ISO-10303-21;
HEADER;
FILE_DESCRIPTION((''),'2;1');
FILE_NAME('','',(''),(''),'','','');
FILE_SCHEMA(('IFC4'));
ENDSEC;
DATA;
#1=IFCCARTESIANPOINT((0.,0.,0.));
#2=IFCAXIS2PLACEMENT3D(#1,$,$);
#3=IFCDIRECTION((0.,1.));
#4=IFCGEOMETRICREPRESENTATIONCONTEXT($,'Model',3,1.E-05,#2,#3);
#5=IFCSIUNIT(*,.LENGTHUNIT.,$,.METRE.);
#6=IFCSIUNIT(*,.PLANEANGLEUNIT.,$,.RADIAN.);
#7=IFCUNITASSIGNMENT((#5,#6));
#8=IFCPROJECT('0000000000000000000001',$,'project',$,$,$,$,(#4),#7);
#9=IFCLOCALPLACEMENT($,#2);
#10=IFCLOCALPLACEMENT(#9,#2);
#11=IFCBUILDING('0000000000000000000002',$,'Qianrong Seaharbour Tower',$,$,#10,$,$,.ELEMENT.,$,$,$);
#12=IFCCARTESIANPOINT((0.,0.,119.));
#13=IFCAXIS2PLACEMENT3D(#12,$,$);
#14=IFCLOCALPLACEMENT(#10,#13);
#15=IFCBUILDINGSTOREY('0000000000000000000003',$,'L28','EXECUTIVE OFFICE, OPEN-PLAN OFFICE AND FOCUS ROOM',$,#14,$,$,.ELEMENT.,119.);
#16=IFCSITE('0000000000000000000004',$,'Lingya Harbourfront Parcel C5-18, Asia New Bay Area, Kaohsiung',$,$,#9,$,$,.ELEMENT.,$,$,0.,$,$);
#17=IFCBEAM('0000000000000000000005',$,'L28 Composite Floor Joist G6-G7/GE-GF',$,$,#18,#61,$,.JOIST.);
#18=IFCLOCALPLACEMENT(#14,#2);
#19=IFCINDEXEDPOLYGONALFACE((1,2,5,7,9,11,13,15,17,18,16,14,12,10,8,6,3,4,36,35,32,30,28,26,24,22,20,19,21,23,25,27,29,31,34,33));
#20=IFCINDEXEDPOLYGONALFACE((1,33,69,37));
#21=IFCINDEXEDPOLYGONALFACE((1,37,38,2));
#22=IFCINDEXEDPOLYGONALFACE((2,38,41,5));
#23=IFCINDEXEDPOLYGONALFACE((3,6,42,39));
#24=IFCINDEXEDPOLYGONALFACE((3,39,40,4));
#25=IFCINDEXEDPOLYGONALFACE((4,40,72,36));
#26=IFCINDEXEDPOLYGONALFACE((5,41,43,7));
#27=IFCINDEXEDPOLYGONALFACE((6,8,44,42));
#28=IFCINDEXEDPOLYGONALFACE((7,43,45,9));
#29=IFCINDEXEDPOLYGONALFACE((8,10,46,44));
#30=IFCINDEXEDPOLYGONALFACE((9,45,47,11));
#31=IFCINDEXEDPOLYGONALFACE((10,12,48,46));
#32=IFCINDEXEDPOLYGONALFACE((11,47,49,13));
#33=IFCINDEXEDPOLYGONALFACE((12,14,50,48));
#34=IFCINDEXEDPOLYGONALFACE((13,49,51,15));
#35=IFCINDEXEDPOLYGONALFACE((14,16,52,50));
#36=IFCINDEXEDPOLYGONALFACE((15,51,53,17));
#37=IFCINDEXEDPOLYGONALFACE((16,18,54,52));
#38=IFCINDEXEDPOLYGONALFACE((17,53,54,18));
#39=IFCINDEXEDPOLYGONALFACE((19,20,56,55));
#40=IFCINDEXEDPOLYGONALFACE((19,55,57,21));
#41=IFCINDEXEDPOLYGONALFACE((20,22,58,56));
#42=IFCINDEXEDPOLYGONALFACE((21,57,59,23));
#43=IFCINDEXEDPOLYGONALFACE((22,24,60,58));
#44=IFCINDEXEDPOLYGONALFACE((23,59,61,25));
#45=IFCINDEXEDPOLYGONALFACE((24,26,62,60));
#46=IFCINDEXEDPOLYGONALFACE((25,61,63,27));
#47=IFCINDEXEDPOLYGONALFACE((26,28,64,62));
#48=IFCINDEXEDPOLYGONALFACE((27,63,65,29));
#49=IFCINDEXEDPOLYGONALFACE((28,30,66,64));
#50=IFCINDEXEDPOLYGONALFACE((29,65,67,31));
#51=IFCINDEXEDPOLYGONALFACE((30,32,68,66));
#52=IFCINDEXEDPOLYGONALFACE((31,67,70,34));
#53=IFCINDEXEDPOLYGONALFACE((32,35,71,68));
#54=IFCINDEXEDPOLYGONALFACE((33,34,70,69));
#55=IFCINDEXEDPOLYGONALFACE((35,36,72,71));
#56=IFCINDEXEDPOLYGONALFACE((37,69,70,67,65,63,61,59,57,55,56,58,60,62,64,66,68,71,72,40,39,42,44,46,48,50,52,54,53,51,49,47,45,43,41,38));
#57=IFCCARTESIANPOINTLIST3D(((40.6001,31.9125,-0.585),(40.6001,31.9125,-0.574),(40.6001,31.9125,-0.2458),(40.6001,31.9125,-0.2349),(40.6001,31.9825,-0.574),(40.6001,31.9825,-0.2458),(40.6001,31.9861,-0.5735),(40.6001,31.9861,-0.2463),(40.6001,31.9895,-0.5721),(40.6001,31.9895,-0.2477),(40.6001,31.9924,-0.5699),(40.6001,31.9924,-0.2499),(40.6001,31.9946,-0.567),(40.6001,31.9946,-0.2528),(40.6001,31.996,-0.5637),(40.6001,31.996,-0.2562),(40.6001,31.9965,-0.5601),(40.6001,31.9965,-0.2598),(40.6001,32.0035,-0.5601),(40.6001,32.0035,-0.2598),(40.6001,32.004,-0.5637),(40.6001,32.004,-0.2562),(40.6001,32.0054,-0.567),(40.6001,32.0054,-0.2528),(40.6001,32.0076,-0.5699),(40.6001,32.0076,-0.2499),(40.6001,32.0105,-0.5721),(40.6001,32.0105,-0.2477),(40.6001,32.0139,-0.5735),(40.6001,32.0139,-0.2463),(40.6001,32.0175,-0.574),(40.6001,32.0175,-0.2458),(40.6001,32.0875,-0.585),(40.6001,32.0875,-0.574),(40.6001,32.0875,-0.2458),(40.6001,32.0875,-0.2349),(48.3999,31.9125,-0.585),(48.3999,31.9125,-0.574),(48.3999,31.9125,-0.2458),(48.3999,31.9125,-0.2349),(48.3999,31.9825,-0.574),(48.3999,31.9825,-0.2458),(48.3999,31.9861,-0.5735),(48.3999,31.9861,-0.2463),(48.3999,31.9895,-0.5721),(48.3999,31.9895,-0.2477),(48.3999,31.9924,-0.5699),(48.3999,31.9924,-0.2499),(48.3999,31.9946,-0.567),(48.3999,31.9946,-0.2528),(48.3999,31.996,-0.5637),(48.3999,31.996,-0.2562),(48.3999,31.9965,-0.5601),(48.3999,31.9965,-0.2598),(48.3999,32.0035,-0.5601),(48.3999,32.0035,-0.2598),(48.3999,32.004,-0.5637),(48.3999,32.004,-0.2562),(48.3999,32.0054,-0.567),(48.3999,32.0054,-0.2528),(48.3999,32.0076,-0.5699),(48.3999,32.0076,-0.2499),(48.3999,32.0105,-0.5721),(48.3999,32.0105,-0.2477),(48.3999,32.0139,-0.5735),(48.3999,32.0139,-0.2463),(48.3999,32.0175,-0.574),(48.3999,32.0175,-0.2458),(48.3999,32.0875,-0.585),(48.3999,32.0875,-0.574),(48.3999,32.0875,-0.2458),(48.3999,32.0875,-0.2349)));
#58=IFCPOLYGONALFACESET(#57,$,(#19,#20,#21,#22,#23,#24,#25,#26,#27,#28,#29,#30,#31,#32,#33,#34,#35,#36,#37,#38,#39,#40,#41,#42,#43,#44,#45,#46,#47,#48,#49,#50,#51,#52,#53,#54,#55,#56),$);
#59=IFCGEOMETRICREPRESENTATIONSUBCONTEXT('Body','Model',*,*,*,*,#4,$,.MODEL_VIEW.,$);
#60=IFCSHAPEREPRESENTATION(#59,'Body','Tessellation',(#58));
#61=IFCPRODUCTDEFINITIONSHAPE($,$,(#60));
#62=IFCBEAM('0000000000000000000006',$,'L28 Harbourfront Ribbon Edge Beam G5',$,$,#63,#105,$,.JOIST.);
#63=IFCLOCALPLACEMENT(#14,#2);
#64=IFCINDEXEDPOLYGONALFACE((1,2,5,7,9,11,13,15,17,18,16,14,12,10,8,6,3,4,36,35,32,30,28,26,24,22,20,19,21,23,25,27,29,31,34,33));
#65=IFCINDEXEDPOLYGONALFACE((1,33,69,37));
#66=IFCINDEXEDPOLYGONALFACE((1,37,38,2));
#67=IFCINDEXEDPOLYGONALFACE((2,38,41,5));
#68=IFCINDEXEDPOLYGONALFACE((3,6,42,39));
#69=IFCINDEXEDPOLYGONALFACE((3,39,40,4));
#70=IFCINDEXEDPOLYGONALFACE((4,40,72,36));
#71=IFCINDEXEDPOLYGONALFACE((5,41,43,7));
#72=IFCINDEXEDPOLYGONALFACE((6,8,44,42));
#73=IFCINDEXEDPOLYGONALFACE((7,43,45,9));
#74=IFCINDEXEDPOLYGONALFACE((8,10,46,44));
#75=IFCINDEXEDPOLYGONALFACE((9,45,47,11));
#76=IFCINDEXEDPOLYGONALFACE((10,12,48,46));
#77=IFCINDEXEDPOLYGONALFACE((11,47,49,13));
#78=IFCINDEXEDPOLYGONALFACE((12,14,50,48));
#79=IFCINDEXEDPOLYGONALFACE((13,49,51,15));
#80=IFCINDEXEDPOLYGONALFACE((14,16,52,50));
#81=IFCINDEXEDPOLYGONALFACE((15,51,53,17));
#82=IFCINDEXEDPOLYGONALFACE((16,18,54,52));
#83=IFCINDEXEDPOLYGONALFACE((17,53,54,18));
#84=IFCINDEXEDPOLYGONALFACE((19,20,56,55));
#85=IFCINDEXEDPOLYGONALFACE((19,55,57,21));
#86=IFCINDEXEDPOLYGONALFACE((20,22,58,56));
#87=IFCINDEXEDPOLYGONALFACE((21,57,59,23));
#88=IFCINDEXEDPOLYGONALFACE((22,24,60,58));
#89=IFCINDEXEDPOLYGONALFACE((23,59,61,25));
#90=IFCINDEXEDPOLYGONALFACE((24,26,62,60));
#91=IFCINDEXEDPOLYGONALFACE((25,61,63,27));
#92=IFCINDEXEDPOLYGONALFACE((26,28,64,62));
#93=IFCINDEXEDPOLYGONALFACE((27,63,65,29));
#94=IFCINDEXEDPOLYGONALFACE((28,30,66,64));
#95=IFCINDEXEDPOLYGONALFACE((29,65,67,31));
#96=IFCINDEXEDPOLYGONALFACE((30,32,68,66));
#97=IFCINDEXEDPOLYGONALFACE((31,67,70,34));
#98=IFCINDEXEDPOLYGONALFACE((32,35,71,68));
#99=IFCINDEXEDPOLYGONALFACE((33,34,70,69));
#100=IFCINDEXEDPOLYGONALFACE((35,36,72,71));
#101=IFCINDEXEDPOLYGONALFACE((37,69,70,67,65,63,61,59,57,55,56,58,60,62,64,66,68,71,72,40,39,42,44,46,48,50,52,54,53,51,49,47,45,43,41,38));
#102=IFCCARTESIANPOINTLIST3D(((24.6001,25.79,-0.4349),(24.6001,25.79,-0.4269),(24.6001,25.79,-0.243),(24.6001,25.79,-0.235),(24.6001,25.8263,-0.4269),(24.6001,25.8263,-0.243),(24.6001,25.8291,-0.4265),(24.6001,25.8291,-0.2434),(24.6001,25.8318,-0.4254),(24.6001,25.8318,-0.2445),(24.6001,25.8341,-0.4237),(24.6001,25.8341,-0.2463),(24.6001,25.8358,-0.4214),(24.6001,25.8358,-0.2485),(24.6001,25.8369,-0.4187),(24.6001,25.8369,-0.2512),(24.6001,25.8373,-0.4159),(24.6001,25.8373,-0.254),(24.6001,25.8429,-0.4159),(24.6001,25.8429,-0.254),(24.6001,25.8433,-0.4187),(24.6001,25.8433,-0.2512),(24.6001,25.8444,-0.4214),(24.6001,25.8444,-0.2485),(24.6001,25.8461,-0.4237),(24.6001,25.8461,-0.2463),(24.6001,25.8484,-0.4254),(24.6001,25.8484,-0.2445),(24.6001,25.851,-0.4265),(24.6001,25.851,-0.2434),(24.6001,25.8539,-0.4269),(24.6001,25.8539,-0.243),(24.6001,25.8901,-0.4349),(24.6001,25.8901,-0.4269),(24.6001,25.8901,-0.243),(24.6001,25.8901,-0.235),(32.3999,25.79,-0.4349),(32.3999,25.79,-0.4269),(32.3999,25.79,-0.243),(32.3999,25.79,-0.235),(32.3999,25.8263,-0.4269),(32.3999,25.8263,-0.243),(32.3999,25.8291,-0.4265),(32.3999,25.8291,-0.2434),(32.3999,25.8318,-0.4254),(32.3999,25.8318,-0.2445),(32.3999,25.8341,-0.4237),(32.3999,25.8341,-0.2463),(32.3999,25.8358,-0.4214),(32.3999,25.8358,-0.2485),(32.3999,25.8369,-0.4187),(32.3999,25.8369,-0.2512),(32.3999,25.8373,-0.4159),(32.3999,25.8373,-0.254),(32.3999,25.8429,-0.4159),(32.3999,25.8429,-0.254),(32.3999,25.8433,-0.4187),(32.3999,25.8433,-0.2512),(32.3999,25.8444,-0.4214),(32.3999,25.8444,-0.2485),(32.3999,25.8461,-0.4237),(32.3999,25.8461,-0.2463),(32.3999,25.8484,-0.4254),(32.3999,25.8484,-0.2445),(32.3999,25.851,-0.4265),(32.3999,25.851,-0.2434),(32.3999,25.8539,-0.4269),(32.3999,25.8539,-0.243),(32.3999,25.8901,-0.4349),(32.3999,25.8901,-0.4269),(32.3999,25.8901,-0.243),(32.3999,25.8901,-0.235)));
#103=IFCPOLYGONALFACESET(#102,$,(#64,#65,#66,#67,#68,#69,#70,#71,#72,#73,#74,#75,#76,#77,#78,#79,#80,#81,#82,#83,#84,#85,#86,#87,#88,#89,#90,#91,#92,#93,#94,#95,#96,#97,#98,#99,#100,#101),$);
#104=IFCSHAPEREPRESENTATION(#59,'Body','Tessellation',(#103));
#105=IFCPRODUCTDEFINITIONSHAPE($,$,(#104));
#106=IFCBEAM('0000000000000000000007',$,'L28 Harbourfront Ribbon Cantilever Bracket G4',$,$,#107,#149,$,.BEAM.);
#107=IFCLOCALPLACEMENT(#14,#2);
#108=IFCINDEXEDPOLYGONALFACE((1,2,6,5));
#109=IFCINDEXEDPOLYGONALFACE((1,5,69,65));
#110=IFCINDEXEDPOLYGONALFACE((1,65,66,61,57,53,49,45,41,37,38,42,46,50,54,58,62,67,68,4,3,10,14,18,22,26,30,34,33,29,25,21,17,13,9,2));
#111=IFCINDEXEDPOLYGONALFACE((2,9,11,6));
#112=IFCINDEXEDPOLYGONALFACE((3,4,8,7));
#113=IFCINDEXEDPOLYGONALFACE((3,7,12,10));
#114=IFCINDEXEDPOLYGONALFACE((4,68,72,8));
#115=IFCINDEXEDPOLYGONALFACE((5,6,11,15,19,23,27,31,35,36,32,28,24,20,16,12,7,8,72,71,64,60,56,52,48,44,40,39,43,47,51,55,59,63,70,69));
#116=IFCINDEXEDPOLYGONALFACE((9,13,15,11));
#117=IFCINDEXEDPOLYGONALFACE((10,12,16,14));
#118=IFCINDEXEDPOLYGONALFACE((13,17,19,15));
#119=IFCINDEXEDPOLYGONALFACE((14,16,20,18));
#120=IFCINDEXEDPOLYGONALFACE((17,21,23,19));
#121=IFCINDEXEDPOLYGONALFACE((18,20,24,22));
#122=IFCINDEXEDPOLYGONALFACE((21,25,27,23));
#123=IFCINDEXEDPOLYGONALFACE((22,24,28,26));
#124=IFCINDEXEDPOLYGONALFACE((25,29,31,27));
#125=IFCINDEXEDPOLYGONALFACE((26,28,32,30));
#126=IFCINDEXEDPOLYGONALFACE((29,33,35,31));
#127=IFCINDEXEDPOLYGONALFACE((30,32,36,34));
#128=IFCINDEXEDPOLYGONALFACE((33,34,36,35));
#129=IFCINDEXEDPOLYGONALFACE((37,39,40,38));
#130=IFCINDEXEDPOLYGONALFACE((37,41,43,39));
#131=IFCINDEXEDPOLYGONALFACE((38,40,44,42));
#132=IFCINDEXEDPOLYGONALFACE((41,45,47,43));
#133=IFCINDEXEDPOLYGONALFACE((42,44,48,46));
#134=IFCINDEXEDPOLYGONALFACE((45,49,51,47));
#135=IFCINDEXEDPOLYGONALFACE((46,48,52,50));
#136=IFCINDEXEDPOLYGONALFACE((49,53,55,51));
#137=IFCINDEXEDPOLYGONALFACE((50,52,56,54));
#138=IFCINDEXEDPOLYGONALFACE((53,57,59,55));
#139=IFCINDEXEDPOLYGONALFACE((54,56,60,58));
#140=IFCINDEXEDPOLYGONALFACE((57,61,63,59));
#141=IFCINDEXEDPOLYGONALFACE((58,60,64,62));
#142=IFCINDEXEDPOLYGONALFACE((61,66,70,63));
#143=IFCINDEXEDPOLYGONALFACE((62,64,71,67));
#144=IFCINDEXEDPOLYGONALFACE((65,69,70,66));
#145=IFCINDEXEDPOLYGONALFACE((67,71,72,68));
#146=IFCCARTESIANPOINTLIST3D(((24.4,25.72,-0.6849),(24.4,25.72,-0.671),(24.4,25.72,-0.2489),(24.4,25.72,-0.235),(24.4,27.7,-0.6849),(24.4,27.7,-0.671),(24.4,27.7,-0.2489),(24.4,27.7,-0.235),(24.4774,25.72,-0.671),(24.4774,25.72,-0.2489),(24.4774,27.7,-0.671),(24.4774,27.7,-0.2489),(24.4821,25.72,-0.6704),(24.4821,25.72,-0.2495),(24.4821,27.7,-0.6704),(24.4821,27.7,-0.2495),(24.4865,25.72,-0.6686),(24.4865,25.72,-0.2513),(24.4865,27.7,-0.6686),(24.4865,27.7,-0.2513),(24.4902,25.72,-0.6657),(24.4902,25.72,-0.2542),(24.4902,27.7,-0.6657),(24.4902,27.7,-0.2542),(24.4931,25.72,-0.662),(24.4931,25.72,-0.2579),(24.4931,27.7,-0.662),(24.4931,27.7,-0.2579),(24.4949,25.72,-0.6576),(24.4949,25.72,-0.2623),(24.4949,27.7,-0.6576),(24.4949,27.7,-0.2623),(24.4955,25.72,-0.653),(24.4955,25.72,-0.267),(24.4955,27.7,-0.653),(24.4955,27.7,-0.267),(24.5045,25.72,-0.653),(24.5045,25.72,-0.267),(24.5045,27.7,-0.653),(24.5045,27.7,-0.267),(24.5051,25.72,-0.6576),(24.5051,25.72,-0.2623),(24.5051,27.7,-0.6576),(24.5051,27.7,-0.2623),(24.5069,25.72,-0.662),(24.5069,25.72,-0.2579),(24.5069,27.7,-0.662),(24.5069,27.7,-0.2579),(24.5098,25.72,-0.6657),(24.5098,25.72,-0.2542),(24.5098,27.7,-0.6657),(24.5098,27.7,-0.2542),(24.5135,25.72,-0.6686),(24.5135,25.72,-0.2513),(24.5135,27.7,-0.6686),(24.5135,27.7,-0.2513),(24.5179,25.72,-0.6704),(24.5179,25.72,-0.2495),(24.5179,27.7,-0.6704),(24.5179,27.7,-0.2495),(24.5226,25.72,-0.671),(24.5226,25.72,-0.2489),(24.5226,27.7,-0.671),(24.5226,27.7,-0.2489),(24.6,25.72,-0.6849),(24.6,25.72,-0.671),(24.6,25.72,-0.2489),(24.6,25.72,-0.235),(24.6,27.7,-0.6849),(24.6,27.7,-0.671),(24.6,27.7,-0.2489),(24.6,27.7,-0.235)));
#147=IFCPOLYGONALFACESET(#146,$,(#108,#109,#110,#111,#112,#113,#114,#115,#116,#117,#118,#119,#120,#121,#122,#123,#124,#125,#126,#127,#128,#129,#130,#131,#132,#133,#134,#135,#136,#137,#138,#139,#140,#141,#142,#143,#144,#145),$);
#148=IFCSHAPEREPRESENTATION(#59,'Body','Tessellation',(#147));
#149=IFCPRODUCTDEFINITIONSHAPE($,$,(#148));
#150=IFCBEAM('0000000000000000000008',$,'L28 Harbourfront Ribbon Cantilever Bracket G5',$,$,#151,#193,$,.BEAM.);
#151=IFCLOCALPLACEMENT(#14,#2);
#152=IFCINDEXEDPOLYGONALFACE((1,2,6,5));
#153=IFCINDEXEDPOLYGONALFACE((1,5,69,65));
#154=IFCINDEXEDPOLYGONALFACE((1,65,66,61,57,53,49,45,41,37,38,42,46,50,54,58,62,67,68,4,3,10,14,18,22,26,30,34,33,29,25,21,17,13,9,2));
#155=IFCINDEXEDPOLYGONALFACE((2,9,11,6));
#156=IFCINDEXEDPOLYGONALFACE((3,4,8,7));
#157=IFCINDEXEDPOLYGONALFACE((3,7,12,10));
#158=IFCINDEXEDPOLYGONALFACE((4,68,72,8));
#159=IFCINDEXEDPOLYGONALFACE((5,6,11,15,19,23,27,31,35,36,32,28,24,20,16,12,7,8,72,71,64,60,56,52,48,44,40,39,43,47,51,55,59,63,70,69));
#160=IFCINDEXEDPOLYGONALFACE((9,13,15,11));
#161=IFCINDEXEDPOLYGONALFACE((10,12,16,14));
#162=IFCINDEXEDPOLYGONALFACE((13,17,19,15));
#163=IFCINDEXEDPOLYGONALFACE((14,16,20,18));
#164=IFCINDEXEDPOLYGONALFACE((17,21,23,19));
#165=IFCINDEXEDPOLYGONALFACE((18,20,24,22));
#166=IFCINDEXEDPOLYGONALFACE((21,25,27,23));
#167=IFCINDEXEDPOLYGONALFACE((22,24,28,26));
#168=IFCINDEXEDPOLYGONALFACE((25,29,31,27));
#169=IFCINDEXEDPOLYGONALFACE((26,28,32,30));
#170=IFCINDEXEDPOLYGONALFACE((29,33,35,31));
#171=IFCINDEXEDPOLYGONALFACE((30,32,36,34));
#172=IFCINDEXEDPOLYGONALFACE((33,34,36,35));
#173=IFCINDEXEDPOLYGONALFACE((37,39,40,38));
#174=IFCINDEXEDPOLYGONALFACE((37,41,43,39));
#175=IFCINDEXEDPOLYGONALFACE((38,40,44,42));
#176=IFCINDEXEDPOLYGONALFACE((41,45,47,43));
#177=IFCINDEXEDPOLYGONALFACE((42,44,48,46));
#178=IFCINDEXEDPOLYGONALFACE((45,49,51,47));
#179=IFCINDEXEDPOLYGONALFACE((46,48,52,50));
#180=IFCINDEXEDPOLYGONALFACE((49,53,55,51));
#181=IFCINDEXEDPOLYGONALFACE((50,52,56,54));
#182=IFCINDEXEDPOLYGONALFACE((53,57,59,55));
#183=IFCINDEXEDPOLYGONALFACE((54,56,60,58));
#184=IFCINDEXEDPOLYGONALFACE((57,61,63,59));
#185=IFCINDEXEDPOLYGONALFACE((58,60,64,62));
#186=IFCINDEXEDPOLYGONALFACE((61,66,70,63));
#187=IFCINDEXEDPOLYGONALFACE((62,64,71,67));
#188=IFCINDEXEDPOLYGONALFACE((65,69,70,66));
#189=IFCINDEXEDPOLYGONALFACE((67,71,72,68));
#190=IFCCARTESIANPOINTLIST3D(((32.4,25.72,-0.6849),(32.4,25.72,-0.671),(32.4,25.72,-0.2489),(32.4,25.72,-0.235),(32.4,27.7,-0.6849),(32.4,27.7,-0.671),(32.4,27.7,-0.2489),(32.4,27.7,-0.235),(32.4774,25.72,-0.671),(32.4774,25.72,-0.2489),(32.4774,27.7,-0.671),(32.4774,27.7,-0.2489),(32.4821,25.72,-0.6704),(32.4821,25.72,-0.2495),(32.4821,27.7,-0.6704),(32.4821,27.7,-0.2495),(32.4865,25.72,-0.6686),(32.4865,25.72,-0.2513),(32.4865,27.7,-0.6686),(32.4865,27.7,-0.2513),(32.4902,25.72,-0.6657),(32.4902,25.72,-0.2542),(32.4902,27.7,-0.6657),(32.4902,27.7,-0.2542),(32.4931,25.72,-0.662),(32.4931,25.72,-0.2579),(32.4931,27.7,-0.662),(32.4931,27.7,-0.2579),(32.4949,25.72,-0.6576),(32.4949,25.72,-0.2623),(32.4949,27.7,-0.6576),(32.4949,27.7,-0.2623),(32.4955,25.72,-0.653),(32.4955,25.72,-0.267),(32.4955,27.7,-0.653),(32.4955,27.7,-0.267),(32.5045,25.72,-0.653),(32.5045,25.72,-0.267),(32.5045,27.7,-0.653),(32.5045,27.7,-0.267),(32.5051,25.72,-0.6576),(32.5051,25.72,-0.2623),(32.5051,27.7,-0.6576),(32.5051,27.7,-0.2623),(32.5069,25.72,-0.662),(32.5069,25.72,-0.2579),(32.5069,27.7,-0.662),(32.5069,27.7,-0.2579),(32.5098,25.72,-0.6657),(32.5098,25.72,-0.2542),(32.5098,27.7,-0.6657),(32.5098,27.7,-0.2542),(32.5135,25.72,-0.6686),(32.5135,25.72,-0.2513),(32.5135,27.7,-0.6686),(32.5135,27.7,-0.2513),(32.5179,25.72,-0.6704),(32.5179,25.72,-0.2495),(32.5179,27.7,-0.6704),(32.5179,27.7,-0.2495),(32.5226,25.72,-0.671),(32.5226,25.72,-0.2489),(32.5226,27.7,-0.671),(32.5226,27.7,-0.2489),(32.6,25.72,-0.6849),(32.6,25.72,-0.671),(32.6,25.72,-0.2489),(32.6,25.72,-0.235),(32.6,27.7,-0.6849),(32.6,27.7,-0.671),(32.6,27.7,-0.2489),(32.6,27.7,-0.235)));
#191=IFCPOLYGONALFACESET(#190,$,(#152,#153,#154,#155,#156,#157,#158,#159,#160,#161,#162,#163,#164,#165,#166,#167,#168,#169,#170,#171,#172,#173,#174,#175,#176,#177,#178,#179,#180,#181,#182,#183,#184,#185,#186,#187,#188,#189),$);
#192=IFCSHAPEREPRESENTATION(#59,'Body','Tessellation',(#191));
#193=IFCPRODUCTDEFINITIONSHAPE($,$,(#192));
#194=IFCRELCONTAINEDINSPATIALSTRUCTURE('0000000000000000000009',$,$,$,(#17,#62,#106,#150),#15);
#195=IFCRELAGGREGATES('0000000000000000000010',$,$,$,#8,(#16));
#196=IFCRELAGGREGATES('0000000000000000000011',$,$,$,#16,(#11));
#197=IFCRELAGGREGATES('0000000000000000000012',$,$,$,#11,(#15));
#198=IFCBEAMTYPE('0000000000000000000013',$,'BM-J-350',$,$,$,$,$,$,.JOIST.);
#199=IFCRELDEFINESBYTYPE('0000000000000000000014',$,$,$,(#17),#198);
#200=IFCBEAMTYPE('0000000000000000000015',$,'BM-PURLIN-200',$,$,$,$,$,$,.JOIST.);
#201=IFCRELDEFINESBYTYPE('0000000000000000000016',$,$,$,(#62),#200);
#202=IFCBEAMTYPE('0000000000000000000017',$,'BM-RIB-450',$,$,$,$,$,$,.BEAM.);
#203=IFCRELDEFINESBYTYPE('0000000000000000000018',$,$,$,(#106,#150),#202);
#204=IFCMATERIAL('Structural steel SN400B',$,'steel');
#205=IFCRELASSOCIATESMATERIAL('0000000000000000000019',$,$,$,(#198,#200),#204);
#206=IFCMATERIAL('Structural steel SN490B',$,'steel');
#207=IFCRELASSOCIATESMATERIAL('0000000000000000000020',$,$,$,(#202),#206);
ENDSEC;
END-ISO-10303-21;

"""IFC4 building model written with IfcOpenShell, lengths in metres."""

from ifc_helpers import new_model, si_unit, direction, frame, origin, origin_2d, place, context, subcontext, project, spatial, i_section, extrude, material, material_profile, profile_set, type_object, element, save


model = new_model("IFC4")

# Units and contexts
model_context = context("Model", 3, precision=1e-05, world=origin(), true_north=direction((0.0, 1.0)))
body_context = subcontext(model_context, "Body", "Model", "MODEL_VIEW")
ifc_project = project(units=[si_unit("LENGTHUNIT", "METRE"), si_unit("PLANEANGLEUNIT", "RADIAN")], contexts=[model_context])

# Site, building, storey
site_placement = place(None, origin())
site = spatial("IfcSite", under=ifc_project, at=site_placement, Name="Lingya Harbourfront Parcel C5-18, Asia New Bay Area, Kaohsiung", CompositionType="ELEMENT", RefElevation=0.0)
building_placement = place(site_placement, origin())
building = spatial("IfcBuilding", under=site, at=building_placement, Name="Qianrong Seaharbour Tower", CompositionType="ELEMENT")
storey_placement = place(building_placement, frame((0.0, 0.0, 119.0)))
storey = spatial("IfcBuildingStorey", under=building, at=storey_placement, Name="L28", Description="EXECUTIVE OFFICE, OPEN-PLAN OFFICE AND FOCUS ROOM", CompositionType="ELEMENT", Elevation=119.0)

# Shared definitions
ifc_material_1 = material(Name="Structural steel SN490B", Category="steel")

# Beams
ifc_material_2 = material(Name="Structural steel SN400B", Category="steel")
ifc_material_profile_1 = material_profile(ifc_material_2, i_section(OverallWidth=0.175, OverallDepth=0.3501, WebThickness=0.0071, FlangeThickness=0.011, FilletRadius=0.0139, at=origin_2d()), Name="H350x175x7x11")
ifc_profile_set_1 = profile_set([ifc_material_profile_1], Name="Structural steel SN400B")
beam_type_1 = type_object("IfcBeamType", Name="BM-J-350", PredefinedType="JOIST", material=ifc_profile_set_1)
for number, where, z_axis, x_axis, name in (
    (1, (40.6001, 32.0, -0.4099), (1.0, 0.0, 0.0), (0.0, 1.0, 0.0), "L28 Composite Floor Joist G6-G7/GE-GF"),
):
    element("IfcBeam", number, at=place(storey_placement, frame(where, z_axis=z_axis, x_axis=x_axis)), inside=storey, type_object=beam_type_1, Name=name, PredefinedType="JOIST", context=body_context, shape_type="SweptSolid", body=[
        extrude(i_section(OverallWidth=0.175, OverallDepth=0.3501, WebThickness=0.0071, FlangeThickness=0.011, FilletRadius=0.0139, at=origin_2d()), origin(), (0.0, 0.0, 1.0), 7.7998),
    ])
ifc_material_profile_2 = material_profile(ifc_material_2, i_section(OverallWidth=0.1001, OverallDepth=0.2, WebThickness=0.0056, FlangeThickness=0.0081, FilletRadius=0.011, at=origin_2d()), Name="H200x100x5.5x8")
ifc_profile_set_2 = profile_set([ifc_material_profile_2], Name="Structural steel SN400B")
beam_type_2 = type_object("IfcBeamType", Name="BM-PURLIN-200", PredefinedType="JOIST", material=ifc_profile_set_2)
beam_placement = place(storey_placement, frame((24.6001, 25.8401, -0.335), z_axis=(1.0, 0.0, 0.0), x_axis=(0.0, 1.0, 0.0)))
element("IfcBeam", 2, at=beam_placement, inside=storey, type_object=beam_type_2, Name="L28 Harbourfront Ribbon Edge Beam G5", PredefinedType="JOIST", context=body_context, shape_type="SweptSolid", body=[
    extrude(i_section(OverallWidth=0.1001, OverallDepth=0.2, WebThickness=0.0056, FlangeThickness=0.0081, FilletRadius=0.011, at=origin_2d()), origin(), (0.0, 0.0, 1.0), 7.7998),
])
ifc_material_profile_3 = material_profile(ifc_material_1, i_section(OverallWidth=0.2, OverallDepth=0.45, WebThickness=0.009, FlangeThickness=0.0139, FilletRadius=0.0181, at=origin_2d()), Name="H450x200x9x14")
ifc_profile_set_3 = profile_set([ifc_material_profile_3], Name="Structural steel SN490B")
beam_type_3 = type_object("IfcBeamType", Name="BM-RIB-450", PredefinedType="BEAM", material=ifc_profile_set_3)
for number, where, z_axis, x_axis, name in (
    (3, (24.5, 27.7, -0.46), (0.0, -1.0, 0.0), (1.0, 0.0, 0.0), "L28 Harbourfront Ribbon Cantilever Bracket G4"),
    (4, (32.5, 27.7, -0.46), (0.0, -1.0, 0.0), (1.0, 0.0, 0.0), "L28 Harbourfront Ribbon Cantilever Bracket G5"),
):
    element("IfcBeam", number, at=place(storey_placement, frame(where, z_axis=z_axis, x_axis=x_axis)), inside=storey, type_object=beam_type_3, Name=name, PredefinedType="BEAM", context=body_context, shape_type="SweptSolid", body=[
        extrude(i_section(OverallWidth=0.2, OverallDepth=0.45, WebThickness=0.009, FlangeThickness=0.0139, FilletRadius=0.0181, at=origin_2d()), origin(), (0.0, 0.0, 1.0), 1.98),
    ])

save(model, "model.ifc")
